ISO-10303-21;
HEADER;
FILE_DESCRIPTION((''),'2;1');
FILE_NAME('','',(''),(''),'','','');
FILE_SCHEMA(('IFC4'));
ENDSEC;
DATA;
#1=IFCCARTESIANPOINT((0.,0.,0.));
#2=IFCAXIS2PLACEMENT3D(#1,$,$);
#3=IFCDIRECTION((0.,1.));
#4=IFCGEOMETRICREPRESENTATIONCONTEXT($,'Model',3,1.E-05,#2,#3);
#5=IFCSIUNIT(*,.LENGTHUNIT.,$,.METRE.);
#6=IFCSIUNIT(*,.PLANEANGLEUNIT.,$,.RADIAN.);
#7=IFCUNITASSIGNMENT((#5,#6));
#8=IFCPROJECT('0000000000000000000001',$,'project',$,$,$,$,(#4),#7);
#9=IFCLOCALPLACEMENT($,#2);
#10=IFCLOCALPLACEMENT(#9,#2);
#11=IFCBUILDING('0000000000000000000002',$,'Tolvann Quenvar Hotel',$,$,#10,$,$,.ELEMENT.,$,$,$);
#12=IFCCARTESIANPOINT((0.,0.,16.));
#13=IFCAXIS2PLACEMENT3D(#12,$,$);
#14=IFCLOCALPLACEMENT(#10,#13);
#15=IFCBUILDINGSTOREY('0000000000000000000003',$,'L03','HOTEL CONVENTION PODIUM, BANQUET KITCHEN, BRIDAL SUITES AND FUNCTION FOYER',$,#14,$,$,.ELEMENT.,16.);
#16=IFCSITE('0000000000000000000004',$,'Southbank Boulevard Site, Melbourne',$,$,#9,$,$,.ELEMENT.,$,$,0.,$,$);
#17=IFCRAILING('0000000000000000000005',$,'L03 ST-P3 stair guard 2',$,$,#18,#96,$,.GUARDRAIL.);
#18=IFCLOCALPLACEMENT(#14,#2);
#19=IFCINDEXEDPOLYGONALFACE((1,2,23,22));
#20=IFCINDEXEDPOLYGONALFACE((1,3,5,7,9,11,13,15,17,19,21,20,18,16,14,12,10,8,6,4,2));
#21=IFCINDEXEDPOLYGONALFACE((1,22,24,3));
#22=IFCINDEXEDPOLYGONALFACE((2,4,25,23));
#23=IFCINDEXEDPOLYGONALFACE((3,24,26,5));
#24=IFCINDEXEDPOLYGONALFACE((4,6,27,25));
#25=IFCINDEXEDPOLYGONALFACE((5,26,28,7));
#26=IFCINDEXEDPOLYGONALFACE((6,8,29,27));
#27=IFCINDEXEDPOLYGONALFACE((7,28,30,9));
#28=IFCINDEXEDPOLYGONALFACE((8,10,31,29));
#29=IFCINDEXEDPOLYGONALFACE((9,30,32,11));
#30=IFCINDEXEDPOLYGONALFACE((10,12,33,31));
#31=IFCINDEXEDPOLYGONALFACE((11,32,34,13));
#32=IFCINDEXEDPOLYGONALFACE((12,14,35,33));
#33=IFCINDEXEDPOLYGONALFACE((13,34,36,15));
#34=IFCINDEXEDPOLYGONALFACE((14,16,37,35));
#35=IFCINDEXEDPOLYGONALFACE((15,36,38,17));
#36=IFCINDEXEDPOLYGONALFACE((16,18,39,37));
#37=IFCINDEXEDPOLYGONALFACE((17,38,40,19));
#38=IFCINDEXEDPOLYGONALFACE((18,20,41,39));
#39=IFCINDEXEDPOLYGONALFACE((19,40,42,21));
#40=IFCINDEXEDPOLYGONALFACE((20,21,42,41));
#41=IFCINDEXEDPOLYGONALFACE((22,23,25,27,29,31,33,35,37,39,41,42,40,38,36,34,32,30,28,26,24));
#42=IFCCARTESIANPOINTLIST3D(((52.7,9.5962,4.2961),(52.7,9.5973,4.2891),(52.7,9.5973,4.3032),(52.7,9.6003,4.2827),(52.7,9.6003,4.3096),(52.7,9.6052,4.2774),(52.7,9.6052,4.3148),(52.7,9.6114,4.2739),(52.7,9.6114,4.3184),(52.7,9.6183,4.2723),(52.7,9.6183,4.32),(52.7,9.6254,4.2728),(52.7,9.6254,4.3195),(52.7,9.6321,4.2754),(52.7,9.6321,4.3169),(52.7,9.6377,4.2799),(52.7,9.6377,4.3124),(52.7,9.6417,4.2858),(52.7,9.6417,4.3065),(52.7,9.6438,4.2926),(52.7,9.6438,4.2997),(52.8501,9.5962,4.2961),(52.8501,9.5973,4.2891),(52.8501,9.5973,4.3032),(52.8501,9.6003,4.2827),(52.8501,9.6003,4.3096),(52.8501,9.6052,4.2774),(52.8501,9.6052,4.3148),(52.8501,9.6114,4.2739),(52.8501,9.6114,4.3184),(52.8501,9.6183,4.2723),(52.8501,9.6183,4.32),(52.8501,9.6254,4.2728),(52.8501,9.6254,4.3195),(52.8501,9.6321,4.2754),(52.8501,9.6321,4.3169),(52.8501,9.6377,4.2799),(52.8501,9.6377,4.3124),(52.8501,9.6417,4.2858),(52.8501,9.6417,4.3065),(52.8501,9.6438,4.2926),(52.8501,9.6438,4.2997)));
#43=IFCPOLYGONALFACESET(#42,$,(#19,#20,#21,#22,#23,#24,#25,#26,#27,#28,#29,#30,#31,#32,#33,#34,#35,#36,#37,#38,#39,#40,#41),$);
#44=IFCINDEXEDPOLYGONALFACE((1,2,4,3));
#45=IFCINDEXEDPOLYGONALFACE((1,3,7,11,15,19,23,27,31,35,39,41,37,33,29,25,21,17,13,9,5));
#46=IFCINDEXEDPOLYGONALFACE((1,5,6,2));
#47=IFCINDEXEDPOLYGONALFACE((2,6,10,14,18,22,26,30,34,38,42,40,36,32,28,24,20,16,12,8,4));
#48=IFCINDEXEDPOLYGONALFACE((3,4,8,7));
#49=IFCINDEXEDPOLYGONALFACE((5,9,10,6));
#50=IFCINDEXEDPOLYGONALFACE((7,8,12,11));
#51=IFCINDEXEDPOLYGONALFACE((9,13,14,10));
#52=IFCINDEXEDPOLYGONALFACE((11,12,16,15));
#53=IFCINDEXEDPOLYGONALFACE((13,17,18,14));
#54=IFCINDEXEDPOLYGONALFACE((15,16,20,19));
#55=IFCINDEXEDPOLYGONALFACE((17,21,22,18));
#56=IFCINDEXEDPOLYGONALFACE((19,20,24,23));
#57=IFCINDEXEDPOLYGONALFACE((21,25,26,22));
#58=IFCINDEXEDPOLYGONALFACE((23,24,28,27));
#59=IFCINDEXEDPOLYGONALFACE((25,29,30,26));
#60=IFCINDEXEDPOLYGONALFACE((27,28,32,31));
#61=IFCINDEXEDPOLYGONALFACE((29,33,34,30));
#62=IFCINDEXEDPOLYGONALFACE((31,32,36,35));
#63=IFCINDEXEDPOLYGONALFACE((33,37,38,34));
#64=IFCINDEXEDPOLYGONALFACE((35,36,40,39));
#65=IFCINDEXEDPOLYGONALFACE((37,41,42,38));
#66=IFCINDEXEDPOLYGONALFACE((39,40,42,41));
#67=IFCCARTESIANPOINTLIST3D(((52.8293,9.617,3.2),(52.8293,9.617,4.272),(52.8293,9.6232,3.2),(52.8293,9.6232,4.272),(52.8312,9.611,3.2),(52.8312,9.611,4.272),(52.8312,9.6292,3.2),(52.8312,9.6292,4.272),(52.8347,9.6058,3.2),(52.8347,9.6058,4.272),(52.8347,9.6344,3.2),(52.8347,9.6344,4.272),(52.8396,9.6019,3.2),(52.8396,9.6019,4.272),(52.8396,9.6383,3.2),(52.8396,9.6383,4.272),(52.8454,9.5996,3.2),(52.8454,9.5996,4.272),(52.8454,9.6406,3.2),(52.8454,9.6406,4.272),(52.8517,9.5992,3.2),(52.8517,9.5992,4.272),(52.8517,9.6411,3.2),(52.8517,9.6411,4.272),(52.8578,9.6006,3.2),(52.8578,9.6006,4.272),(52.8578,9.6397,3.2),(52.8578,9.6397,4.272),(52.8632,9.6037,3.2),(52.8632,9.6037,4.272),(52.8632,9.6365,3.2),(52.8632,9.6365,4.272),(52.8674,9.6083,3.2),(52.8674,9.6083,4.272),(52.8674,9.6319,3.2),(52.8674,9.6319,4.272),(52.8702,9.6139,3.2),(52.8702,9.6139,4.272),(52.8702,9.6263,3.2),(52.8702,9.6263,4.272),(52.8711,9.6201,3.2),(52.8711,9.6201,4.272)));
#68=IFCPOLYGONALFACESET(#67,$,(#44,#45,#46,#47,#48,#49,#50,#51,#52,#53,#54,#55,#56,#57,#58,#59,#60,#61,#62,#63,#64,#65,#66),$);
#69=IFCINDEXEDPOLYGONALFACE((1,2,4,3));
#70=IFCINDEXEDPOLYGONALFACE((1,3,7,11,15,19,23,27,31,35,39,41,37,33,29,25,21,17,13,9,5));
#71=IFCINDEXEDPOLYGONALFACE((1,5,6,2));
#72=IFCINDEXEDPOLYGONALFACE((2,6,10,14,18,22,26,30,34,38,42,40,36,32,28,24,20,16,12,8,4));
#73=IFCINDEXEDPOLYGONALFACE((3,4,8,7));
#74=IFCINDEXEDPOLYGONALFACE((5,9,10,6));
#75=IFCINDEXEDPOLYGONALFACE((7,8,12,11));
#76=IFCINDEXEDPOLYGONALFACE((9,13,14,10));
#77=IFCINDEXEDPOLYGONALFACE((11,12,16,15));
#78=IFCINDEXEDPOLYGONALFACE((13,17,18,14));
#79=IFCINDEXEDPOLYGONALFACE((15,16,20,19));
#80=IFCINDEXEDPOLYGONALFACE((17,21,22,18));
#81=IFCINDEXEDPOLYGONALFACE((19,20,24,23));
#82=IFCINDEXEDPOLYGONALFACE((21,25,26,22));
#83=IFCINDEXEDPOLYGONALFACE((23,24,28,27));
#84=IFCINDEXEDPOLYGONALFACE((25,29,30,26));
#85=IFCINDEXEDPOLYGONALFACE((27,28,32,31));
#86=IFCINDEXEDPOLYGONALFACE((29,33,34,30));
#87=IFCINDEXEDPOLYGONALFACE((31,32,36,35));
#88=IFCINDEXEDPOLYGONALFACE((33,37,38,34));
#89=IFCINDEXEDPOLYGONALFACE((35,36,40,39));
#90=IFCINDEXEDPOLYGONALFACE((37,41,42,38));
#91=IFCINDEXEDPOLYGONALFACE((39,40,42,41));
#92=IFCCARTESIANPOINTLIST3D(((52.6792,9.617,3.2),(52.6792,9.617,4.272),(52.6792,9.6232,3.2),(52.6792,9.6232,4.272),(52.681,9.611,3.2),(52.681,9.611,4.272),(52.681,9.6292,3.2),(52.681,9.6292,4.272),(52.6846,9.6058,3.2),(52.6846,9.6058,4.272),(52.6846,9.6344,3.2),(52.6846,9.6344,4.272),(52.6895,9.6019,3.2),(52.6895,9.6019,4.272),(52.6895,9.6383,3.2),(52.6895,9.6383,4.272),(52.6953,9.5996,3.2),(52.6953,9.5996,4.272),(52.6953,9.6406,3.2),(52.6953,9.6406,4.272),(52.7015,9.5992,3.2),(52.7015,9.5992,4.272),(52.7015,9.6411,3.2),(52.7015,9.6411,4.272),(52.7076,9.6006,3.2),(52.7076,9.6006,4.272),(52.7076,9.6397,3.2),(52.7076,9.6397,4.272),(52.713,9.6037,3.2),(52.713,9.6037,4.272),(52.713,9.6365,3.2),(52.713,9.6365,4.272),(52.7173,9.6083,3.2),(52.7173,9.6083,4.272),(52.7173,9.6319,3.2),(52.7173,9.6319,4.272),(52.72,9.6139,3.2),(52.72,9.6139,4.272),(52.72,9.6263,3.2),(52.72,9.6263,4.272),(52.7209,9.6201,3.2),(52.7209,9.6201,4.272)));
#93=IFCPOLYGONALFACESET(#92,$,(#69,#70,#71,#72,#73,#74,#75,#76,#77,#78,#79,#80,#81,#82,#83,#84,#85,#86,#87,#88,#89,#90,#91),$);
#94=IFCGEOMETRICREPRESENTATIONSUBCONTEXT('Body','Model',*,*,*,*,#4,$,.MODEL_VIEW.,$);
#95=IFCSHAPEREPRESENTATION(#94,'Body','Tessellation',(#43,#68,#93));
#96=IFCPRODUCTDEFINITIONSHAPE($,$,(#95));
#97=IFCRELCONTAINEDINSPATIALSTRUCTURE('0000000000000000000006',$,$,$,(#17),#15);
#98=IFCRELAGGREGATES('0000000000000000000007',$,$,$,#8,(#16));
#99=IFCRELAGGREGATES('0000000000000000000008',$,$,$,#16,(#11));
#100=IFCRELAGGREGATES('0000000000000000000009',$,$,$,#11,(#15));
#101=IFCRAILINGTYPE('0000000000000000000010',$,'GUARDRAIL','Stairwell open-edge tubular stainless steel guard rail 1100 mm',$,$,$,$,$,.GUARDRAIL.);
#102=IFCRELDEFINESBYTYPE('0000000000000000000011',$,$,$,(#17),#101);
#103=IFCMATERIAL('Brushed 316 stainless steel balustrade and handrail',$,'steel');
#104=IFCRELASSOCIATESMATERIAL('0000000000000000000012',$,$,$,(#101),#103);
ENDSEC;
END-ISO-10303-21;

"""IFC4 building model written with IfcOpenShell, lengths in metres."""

from ifc_helpers import new_model, si_unit, direction, frame, origin, origin_2d, place, context, subcontext, project, spatial, circle, extrude, material, type_object, element, save


model = new_model("IFC4")

# Units and contexts
model_context = context("Model", 3, precision=1e-05, world=origin(), true_north=direction((0.0, 1.0)))
body_context = subcontext(model_context, "Body", "Model", "MODEL_VIEW")
ifc_project = project(units=[si_unit("LENGTHUNIT", "METRE"), si_unit("PLANEANGLEUNIT", "RADIAN")], contexts=[model_context])

# Site, building, storey
site_placement = place(None, origin())
site = spatial("IfcSite", under=ifc_project, at=site_placement, Name="Southbank Boulevard Site, Melbourne", CompositionType="ELEMENT", RefElevation=0.0)
building_placement = place(site_placement, origin())
building = spatial("IfcBuilding", under=site, at=building_placement, Name="Tolvann Quenvar Hotel", CompositionType="ELEMENT")
storey_placement = place(building_placement, frame((0.0, 0.0, 16.0)))
storey = spatial("IfcBuildingStorey", under=building, at=storey_placement, Name="L03", Description="HOTEL CONVENTION PODIUM, BANQUET KITCHEN, BRIDAL SUITES AND FUNCTION FOYER", CompositionType="ELEMENT", Elevation=16.0)

# Railing
ifc_material_1 = material(Name="Brushed 316 stainless steel balustrade and handrail", Category="steel")
railing_type_1 = type_object("IfcRailingType", Name="GUARDRAIL", Description="Stairwell open-edge tubular stainless steel guard rail 1100 mm", PredefinedType="GUARDRAIL", material=ifc_material_1)
railing_1_placement = place(storey_placement, frame((52.8501, 9.6201, 3.2)))
element("IfcRailing", 1, at=railing_1_placement, inside=storey, type_object=railing_type_1, Name="L03 ST-P3 stair guard 2", PredefinedType="GUARDRAIL", context=body_context, shape_type="SweptSolid", body=[
    extrude(circle(Radius=0.0239, at=origin_2d()), frame((0.0, 0.0, 1.0962), z_axis=(-1.0, 0.0, 0.0), x_axis=(0.0, -1.0, 0.0)), (0.0, 0.0, 1.0), 0.1501),
    extrude(circle(Radius=0.021, at=origin_2d()), origin(), (0.0, 0.0, 1.0), 1.072),
    extrude(circle(Radius=0.021, at=origin_2d()), frame((-0.1501, 0.0, 0.0)), (0.0, 0.0, 1.0), 1.072),
])

save(model, "model.ifc")
